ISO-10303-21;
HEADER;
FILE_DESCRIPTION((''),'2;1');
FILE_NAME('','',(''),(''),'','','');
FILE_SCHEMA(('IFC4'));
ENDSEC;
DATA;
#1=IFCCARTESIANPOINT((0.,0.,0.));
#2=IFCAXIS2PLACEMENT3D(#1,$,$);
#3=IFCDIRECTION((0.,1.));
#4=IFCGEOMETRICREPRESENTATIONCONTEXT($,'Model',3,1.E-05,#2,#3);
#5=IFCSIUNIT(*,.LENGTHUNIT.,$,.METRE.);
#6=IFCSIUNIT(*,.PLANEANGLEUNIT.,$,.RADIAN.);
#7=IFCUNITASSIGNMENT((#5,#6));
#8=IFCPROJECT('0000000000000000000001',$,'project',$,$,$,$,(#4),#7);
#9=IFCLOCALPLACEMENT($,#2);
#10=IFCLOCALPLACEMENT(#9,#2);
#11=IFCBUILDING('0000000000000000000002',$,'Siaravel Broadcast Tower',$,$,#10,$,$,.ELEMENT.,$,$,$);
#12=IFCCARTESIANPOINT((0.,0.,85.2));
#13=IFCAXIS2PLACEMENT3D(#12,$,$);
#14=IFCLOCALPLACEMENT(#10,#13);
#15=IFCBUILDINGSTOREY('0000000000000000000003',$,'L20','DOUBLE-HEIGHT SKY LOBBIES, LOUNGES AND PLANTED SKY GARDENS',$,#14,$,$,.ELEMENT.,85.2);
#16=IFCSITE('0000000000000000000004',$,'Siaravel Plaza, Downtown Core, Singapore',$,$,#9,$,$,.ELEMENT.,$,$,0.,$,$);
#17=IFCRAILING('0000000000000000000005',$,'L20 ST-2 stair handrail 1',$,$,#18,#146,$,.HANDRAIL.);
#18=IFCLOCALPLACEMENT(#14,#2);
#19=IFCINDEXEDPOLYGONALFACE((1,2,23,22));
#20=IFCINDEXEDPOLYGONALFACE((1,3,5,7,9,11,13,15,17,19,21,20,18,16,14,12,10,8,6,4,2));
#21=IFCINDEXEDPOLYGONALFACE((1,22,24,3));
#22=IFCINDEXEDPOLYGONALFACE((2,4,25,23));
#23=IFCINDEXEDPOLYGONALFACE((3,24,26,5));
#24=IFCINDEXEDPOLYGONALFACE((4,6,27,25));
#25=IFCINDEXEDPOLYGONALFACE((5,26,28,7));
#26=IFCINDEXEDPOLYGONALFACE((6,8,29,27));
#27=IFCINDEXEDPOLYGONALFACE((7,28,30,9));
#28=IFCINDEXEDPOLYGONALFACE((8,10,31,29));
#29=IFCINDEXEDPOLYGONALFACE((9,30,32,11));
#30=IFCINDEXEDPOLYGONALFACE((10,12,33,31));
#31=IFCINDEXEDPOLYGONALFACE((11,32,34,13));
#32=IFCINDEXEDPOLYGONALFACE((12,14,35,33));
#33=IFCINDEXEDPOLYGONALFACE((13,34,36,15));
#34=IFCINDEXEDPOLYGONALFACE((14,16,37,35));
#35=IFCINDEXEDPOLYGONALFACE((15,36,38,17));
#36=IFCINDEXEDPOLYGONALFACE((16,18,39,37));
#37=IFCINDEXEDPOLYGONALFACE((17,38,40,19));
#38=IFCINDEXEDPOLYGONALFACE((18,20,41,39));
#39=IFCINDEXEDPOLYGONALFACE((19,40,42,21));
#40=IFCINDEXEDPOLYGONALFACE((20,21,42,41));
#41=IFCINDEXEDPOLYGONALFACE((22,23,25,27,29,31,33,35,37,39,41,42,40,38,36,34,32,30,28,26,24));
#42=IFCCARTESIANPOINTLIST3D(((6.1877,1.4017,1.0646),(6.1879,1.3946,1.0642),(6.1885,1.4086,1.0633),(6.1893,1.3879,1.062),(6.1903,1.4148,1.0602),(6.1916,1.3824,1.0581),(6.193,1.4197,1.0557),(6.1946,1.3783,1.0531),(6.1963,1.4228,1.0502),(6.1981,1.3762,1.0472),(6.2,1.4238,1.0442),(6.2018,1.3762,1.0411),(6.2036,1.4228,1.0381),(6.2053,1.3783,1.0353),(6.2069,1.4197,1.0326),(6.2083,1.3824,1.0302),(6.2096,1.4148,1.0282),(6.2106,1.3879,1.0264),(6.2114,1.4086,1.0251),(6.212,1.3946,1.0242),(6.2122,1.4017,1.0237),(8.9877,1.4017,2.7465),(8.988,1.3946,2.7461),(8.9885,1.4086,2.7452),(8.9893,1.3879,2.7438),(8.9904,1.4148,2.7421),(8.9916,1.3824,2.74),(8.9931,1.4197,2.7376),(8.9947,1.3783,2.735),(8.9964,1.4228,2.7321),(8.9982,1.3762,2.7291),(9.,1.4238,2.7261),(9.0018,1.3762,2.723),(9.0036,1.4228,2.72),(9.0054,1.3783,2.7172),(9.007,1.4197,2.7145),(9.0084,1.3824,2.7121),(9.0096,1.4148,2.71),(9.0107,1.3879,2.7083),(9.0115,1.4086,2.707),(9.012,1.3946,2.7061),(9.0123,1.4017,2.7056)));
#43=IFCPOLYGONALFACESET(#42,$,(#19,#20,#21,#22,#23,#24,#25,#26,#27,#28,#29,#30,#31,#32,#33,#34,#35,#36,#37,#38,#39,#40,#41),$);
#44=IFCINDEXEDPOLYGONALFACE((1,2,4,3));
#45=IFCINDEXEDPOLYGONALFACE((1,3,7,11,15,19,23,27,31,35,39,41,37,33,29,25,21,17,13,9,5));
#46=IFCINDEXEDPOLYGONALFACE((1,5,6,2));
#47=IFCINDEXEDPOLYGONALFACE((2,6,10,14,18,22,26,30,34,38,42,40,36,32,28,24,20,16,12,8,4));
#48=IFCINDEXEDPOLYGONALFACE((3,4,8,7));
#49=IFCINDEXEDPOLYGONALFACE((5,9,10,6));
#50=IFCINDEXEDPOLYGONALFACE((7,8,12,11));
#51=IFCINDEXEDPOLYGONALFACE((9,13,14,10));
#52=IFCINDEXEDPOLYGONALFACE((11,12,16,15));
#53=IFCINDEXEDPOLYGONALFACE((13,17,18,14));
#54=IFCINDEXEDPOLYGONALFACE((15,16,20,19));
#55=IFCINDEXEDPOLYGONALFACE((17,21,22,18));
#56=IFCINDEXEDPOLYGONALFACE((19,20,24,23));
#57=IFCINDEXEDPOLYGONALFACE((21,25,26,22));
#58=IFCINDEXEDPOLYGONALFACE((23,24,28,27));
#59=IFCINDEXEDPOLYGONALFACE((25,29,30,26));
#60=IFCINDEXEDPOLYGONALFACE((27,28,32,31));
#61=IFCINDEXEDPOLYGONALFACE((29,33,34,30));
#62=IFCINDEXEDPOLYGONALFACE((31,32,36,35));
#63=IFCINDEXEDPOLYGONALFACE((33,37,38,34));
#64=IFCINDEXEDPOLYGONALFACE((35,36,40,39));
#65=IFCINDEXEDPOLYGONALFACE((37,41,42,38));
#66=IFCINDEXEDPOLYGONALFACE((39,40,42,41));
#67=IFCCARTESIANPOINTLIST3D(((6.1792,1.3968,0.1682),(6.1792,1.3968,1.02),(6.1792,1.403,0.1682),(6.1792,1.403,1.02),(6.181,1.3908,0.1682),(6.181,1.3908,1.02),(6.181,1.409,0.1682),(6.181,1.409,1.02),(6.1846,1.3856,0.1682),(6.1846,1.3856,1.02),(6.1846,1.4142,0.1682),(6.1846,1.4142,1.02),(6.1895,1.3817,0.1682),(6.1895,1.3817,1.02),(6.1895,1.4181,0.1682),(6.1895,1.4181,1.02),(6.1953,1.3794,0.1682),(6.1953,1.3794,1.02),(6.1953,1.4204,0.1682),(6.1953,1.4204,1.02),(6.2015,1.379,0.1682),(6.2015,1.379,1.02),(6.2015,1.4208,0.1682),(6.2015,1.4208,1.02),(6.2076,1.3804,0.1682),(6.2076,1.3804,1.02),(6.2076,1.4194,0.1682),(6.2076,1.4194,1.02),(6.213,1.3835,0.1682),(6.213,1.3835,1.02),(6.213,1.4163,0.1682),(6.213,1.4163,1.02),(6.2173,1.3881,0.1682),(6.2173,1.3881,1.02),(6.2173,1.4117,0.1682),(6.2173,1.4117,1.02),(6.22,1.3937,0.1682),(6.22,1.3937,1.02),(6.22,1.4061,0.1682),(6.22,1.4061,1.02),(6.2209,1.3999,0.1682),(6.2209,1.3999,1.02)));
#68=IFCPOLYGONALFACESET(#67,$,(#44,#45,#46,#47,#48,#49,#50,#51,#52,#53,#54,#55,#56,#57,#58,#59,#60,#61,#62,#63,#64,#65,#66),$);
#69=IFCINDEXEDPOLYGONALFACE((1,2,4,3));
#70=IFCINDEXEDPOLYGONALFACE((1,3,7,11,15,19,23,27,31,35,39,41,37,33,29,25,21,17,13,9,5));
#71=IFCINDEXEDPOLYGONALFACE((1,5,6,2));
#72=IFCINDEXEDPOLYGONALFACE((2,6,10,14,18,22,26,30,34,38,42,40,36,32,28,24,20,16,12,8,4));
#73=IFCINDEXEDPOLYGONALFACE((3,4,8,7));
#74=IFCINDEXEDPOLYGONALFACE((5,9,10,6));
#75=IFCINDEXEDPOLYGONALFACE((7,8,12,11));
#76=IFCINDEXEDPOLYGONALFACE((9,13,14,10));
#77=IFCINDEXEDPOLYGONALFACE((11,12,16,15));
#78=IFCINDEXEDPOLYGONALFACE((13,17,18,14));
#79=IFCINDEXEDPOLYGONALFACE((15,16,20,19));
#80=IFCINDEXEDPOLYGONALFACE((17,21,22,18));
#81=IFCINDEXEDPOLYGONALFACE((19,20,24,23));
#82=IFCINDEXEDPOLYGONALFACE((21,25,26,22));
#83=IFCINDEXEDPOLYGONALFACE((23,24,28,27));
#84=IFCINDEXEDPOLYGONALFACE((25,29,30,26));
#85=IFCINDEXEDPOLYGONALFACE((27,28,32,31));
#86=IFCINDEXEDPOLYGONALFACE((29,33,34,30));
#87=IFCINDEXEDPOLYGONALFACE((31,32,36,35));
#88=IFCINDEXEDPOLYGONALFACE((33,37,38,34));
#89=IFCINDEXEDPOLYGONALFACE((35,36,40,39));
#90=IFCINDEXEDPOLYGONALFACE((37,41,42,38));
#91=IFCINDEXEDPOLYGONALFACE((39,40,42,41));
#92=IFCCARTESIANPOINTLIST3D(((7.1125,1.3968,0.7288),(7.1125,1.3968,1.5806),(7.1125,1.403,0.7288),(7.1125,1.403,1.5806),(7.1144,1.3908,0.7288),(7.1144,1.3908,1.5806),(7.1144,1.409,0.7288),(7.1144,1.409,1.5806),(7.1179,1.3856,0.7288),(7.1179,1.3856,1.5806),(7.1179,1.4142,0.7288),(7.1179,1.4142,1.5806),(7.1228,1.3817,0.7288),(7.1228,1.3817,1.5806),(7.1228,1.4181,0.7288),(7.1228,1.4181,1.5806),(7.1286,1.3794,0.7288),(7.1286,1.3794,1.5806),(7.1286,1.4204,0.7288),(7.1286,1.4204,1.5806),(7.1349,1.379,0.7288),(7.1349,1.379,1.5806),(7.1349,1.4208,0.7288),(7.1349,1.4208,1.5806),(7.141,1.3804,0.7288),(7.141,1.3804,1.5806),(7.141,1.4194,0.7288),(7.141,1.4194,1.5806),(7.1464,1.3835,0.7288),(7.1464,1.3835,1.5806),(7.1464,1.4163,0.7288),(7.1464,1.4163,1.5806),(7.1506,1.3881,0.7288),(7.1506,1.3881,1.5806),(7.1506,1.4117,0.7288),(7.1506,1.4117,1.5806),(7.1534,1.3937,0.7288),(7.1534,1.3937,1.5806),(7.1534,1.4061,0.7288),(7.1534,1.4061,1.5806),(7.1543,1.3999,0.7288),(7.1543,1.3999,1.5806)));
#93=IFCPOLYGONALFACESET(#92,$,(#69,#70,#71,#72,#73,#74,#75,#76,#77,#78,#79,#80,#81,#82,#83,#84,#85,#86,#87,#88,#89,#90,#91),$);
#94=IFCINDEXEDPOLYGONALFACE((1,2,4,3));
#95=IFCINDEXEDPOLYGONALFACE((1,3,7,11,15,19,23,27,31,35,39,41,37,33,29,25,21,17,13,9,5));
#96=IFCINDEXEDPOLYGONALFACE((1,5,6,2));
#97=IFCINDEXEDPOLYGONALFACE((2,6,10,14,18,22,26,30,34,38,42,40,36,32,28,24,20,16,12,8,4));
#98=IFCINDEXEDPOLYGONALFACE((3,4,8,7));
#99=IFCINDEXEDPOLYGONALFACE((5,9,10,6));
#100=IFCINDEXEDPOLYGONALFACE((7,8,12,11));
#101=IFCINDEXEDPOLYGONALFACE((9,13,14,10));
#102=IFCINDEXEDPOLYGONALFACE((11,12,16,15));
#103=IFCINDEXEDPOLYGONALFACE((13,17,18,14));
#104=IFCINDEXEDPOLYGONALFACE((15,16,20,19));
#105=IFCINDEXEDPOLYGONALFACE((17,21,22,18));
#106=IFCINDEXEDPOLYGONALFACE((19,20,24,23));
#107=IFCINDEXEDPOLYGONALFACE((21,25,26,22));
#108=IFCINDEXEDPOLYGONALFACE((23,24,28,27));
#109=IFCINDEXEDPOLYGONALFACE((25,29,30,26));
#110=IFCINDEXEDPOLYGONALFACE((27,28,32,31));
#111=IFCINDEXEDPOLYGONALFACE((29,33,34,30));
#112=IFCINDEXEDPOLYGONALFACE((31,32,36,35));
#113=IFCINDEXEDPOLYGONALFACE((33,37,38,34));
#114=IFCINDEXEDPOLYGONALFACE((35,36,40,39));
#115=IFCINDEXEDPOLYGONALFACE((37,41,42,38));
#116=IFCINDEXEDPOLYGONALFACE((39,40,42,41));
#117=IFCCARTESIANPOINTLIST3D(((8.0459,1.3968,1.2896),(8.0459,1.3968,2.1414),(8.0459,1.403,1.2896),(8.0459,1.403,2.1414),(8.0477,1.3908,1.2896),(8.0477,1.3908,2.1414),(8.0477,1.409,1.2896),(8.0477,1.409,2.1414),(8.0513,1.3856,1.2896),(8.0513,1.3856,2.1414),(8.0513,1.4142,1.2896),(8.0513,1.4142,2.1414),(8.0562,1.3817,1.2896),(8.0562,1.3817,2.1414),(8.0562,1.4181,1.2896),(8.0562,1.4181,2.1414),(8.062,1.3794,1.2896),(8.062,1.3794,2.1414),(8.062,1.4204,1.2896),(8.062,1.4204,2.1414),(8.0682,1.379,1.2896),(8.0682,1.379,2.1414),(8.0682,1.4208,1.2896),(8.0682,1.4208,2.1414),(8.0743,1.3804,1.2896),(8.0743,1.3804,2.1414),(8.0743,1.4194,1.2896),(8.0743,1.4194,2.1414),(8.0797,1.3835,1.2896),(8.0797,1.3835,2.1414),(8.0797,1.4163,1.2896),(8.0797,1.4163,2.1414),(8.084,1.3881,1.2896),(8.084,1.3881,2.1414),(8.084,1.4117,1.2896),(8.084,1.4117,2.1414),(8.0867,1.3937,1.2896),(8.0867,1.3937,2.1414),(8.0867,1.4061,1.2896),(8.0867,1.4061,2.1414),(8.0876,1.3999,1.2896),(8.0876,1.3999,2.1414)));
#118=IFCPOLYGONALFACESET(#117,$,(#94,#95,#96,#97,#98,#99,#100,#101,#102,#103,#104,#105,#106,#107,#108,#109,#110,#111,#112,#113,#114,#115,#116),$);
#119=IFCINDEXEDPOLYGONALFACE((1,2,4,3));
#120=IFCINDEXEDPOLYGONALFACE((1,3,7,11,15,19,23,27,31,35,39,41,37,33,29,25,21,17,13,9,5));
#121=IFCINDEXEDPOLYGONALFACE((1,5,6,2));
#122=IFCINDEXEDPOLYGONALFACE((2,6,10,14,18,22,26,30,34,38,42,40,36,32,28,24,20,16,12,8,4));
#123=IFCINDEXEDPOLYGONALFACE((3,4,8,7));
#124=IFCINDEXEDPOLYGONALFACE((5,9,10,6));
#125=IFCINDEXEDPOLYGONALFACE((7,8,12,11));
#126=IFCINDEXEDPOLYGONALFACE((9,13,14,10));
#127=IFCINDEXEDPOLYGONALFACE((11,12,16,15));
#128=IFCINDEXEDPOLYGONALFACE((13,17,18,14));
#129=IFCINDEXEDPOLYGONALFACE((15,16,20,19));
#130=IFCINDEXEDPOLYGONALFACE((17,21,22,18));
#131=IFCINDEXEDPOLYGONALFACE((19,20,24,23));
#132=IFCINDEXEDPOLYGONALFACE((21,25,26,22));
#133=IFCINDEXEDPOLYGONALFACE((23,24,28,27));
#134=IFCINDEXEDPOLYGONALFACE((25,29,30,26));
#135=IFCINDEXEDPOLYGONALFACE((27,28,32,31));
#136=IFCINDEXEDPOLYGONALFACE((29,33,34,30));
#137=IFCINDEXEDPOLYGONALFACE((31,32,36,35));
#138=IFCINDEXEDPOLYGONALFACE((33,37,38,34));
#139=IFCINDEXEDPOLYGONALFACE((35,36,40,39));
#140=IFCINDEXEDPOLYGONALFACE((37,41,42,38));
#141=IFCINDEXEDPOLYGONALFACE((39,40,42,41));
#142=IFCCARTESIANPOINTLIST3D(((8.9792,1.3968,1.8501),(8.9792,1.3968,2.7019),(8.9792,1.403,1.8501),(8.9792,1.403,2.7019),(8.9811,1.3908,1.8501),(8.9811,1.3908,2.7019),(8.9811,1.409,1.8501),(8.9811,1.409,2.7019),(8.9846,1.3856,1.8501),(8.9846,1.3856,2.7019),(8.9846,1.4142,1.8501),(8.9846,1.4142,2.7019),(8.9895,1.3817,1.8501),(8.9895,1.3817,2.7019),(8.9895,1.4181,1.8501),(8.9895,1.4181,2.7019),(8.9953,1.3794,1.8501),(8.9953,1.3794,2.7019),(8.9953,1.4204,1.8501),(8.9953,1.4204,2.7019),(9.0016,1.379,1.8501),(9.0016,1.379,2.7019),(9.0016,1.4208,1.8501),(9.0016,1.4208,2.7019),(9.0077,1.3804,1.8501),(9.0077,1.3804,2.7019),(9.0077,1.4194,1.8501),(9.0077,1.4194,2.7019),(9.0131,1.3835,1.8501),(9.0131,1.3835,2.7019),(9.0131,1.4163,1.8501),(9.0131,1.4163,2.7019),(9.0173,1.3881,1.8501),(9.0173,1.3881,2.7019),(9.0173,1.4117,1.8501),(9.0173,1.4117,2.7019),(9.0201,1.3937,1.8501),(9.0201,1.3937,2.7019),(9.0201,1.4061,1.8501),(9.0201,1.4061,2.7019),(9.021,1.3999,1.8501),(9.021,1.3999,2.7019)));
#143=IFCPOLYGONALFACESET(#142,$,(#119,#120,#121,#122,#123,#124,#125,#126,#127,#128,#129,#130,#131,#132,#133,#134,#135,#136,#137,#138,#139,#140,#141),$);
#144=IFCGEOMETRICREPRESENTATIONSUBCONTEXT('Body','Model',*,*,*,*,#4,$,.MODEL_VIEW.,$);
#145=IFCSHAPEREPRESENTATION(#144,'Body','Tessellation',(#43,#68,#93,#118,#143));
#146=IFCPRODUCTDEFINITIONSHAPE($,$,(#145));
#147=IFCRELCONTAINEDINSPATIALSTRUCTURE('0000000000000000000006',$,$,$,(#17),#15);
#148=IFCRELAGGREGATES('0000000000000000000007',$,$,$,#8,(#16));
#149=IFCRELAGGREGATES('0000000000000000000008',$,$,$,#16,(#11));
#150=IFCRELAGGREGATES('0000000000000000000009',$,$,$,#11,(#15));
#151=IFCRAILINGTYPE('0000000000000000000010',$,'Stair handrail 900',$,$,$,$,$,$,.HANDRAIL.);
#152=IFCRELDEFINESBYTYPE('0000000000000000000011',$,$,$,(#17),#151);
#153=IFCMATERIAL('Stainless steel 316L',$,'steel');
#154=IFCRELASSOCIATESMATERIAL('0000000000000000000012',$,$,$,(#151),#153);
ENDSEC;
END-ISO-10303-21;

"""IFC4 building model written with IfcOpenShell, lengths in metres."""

from ifc_helpers import new_model, si_unit, direction, frame, origin, origin_2d, place, context, subcontext, project, spatial, circle, extrude, material, type_object, element, save


model = new_model("IFC4")

# Units and contexts
model_context = context("Model", 3, precision=1e-05, world=origin(), true_north=direction((0.0, 1.0)))
body_context = subcontext(model_context, "Body", "Model", "MODEL_VIEW")
ifc_project = project(units=[si_unit("LENGTHUNIT", "METRE"), si_unit("PLANEANGLEUNIT", "RADIAN")], contexts=[model_context])

# Site, building, storey
site_placement = place(None, origin())
site = spatial("IfcSite", under=ifc_project, at=site_placement, Name="Siaravel Plaza, Downtown Core, Singapore", CompositionType="ELEMENT", RefElevation=0.0)
building_placement = place(site_placement, origin())
building = spatial("IfcBuilding", under=site, at=building_placement, Name="Siaravel Broadcast Tower", CompositionType="ELEMENT")
storey_placement = place(building_placement, frame((0.0, 0.0, 85.2)))
storey = spatial("IfcBuildingStorey", under=building, at=storey_placement, Name="L20", Description="DOUBLE-HEIGHT SKY LOBBIES, LOUNGES AND PLANTED SKY GARDENS", CompositionType="ELEMENT", Elevation=85.2)

# Railing
ifc_material_1 = material(Name="Stainless steel 316L", Category="steel")
railing_type_1 = type_object("IfcRailingType", Name="Stair handrail 900", PredefinedType="HANDRAIL", material=ifc_material_1)
railing_1_placement = place(storey_placement, frame((6.2, 1.3999, 0.1682)))
element("IfcRailing", 1, at=railing_1_placement, inside=storey, type_object=railing_type_1, Name="L20 ST-2 stair handrail 1", PredefinedType="HANDRAIL", context=body_context, shape_type="SweptSolid", body=[
    extrude(circle(Radius=0.0239, at=origin_2d()), frame((0.0, 0.0, 0.876), z_axis=(0.857242, 0.0, 0.514913), x_axis=(0.0, 1.0, 0.0)), (0.0, 0.0, 1.0), 3.2664),
    extrude(circle(Radius=0.021, at=origin_2d()), origin(), (0.0, 0.0, 1.0), 0.8518),
    extrude(circle(Radius=0.021, at=origin_2d()), frame((0.9333, 0.0, 0.5605)), (0.0, 0.0, 1.0), 0.8518),
    extrude(circle(Radius=0.021, at=origin_2d()), frame((1.8667, 0.0, 1.1213)), (0.0, 0.0, 1.0), 0.8518),
    extrude(circle(Radius=0.021, at=origin_2d()), frame((2.8, 0.0, 1.6819)), (0.0, 0.0, 1.0), 0.8518),
])

save(model, "model.ifc")
